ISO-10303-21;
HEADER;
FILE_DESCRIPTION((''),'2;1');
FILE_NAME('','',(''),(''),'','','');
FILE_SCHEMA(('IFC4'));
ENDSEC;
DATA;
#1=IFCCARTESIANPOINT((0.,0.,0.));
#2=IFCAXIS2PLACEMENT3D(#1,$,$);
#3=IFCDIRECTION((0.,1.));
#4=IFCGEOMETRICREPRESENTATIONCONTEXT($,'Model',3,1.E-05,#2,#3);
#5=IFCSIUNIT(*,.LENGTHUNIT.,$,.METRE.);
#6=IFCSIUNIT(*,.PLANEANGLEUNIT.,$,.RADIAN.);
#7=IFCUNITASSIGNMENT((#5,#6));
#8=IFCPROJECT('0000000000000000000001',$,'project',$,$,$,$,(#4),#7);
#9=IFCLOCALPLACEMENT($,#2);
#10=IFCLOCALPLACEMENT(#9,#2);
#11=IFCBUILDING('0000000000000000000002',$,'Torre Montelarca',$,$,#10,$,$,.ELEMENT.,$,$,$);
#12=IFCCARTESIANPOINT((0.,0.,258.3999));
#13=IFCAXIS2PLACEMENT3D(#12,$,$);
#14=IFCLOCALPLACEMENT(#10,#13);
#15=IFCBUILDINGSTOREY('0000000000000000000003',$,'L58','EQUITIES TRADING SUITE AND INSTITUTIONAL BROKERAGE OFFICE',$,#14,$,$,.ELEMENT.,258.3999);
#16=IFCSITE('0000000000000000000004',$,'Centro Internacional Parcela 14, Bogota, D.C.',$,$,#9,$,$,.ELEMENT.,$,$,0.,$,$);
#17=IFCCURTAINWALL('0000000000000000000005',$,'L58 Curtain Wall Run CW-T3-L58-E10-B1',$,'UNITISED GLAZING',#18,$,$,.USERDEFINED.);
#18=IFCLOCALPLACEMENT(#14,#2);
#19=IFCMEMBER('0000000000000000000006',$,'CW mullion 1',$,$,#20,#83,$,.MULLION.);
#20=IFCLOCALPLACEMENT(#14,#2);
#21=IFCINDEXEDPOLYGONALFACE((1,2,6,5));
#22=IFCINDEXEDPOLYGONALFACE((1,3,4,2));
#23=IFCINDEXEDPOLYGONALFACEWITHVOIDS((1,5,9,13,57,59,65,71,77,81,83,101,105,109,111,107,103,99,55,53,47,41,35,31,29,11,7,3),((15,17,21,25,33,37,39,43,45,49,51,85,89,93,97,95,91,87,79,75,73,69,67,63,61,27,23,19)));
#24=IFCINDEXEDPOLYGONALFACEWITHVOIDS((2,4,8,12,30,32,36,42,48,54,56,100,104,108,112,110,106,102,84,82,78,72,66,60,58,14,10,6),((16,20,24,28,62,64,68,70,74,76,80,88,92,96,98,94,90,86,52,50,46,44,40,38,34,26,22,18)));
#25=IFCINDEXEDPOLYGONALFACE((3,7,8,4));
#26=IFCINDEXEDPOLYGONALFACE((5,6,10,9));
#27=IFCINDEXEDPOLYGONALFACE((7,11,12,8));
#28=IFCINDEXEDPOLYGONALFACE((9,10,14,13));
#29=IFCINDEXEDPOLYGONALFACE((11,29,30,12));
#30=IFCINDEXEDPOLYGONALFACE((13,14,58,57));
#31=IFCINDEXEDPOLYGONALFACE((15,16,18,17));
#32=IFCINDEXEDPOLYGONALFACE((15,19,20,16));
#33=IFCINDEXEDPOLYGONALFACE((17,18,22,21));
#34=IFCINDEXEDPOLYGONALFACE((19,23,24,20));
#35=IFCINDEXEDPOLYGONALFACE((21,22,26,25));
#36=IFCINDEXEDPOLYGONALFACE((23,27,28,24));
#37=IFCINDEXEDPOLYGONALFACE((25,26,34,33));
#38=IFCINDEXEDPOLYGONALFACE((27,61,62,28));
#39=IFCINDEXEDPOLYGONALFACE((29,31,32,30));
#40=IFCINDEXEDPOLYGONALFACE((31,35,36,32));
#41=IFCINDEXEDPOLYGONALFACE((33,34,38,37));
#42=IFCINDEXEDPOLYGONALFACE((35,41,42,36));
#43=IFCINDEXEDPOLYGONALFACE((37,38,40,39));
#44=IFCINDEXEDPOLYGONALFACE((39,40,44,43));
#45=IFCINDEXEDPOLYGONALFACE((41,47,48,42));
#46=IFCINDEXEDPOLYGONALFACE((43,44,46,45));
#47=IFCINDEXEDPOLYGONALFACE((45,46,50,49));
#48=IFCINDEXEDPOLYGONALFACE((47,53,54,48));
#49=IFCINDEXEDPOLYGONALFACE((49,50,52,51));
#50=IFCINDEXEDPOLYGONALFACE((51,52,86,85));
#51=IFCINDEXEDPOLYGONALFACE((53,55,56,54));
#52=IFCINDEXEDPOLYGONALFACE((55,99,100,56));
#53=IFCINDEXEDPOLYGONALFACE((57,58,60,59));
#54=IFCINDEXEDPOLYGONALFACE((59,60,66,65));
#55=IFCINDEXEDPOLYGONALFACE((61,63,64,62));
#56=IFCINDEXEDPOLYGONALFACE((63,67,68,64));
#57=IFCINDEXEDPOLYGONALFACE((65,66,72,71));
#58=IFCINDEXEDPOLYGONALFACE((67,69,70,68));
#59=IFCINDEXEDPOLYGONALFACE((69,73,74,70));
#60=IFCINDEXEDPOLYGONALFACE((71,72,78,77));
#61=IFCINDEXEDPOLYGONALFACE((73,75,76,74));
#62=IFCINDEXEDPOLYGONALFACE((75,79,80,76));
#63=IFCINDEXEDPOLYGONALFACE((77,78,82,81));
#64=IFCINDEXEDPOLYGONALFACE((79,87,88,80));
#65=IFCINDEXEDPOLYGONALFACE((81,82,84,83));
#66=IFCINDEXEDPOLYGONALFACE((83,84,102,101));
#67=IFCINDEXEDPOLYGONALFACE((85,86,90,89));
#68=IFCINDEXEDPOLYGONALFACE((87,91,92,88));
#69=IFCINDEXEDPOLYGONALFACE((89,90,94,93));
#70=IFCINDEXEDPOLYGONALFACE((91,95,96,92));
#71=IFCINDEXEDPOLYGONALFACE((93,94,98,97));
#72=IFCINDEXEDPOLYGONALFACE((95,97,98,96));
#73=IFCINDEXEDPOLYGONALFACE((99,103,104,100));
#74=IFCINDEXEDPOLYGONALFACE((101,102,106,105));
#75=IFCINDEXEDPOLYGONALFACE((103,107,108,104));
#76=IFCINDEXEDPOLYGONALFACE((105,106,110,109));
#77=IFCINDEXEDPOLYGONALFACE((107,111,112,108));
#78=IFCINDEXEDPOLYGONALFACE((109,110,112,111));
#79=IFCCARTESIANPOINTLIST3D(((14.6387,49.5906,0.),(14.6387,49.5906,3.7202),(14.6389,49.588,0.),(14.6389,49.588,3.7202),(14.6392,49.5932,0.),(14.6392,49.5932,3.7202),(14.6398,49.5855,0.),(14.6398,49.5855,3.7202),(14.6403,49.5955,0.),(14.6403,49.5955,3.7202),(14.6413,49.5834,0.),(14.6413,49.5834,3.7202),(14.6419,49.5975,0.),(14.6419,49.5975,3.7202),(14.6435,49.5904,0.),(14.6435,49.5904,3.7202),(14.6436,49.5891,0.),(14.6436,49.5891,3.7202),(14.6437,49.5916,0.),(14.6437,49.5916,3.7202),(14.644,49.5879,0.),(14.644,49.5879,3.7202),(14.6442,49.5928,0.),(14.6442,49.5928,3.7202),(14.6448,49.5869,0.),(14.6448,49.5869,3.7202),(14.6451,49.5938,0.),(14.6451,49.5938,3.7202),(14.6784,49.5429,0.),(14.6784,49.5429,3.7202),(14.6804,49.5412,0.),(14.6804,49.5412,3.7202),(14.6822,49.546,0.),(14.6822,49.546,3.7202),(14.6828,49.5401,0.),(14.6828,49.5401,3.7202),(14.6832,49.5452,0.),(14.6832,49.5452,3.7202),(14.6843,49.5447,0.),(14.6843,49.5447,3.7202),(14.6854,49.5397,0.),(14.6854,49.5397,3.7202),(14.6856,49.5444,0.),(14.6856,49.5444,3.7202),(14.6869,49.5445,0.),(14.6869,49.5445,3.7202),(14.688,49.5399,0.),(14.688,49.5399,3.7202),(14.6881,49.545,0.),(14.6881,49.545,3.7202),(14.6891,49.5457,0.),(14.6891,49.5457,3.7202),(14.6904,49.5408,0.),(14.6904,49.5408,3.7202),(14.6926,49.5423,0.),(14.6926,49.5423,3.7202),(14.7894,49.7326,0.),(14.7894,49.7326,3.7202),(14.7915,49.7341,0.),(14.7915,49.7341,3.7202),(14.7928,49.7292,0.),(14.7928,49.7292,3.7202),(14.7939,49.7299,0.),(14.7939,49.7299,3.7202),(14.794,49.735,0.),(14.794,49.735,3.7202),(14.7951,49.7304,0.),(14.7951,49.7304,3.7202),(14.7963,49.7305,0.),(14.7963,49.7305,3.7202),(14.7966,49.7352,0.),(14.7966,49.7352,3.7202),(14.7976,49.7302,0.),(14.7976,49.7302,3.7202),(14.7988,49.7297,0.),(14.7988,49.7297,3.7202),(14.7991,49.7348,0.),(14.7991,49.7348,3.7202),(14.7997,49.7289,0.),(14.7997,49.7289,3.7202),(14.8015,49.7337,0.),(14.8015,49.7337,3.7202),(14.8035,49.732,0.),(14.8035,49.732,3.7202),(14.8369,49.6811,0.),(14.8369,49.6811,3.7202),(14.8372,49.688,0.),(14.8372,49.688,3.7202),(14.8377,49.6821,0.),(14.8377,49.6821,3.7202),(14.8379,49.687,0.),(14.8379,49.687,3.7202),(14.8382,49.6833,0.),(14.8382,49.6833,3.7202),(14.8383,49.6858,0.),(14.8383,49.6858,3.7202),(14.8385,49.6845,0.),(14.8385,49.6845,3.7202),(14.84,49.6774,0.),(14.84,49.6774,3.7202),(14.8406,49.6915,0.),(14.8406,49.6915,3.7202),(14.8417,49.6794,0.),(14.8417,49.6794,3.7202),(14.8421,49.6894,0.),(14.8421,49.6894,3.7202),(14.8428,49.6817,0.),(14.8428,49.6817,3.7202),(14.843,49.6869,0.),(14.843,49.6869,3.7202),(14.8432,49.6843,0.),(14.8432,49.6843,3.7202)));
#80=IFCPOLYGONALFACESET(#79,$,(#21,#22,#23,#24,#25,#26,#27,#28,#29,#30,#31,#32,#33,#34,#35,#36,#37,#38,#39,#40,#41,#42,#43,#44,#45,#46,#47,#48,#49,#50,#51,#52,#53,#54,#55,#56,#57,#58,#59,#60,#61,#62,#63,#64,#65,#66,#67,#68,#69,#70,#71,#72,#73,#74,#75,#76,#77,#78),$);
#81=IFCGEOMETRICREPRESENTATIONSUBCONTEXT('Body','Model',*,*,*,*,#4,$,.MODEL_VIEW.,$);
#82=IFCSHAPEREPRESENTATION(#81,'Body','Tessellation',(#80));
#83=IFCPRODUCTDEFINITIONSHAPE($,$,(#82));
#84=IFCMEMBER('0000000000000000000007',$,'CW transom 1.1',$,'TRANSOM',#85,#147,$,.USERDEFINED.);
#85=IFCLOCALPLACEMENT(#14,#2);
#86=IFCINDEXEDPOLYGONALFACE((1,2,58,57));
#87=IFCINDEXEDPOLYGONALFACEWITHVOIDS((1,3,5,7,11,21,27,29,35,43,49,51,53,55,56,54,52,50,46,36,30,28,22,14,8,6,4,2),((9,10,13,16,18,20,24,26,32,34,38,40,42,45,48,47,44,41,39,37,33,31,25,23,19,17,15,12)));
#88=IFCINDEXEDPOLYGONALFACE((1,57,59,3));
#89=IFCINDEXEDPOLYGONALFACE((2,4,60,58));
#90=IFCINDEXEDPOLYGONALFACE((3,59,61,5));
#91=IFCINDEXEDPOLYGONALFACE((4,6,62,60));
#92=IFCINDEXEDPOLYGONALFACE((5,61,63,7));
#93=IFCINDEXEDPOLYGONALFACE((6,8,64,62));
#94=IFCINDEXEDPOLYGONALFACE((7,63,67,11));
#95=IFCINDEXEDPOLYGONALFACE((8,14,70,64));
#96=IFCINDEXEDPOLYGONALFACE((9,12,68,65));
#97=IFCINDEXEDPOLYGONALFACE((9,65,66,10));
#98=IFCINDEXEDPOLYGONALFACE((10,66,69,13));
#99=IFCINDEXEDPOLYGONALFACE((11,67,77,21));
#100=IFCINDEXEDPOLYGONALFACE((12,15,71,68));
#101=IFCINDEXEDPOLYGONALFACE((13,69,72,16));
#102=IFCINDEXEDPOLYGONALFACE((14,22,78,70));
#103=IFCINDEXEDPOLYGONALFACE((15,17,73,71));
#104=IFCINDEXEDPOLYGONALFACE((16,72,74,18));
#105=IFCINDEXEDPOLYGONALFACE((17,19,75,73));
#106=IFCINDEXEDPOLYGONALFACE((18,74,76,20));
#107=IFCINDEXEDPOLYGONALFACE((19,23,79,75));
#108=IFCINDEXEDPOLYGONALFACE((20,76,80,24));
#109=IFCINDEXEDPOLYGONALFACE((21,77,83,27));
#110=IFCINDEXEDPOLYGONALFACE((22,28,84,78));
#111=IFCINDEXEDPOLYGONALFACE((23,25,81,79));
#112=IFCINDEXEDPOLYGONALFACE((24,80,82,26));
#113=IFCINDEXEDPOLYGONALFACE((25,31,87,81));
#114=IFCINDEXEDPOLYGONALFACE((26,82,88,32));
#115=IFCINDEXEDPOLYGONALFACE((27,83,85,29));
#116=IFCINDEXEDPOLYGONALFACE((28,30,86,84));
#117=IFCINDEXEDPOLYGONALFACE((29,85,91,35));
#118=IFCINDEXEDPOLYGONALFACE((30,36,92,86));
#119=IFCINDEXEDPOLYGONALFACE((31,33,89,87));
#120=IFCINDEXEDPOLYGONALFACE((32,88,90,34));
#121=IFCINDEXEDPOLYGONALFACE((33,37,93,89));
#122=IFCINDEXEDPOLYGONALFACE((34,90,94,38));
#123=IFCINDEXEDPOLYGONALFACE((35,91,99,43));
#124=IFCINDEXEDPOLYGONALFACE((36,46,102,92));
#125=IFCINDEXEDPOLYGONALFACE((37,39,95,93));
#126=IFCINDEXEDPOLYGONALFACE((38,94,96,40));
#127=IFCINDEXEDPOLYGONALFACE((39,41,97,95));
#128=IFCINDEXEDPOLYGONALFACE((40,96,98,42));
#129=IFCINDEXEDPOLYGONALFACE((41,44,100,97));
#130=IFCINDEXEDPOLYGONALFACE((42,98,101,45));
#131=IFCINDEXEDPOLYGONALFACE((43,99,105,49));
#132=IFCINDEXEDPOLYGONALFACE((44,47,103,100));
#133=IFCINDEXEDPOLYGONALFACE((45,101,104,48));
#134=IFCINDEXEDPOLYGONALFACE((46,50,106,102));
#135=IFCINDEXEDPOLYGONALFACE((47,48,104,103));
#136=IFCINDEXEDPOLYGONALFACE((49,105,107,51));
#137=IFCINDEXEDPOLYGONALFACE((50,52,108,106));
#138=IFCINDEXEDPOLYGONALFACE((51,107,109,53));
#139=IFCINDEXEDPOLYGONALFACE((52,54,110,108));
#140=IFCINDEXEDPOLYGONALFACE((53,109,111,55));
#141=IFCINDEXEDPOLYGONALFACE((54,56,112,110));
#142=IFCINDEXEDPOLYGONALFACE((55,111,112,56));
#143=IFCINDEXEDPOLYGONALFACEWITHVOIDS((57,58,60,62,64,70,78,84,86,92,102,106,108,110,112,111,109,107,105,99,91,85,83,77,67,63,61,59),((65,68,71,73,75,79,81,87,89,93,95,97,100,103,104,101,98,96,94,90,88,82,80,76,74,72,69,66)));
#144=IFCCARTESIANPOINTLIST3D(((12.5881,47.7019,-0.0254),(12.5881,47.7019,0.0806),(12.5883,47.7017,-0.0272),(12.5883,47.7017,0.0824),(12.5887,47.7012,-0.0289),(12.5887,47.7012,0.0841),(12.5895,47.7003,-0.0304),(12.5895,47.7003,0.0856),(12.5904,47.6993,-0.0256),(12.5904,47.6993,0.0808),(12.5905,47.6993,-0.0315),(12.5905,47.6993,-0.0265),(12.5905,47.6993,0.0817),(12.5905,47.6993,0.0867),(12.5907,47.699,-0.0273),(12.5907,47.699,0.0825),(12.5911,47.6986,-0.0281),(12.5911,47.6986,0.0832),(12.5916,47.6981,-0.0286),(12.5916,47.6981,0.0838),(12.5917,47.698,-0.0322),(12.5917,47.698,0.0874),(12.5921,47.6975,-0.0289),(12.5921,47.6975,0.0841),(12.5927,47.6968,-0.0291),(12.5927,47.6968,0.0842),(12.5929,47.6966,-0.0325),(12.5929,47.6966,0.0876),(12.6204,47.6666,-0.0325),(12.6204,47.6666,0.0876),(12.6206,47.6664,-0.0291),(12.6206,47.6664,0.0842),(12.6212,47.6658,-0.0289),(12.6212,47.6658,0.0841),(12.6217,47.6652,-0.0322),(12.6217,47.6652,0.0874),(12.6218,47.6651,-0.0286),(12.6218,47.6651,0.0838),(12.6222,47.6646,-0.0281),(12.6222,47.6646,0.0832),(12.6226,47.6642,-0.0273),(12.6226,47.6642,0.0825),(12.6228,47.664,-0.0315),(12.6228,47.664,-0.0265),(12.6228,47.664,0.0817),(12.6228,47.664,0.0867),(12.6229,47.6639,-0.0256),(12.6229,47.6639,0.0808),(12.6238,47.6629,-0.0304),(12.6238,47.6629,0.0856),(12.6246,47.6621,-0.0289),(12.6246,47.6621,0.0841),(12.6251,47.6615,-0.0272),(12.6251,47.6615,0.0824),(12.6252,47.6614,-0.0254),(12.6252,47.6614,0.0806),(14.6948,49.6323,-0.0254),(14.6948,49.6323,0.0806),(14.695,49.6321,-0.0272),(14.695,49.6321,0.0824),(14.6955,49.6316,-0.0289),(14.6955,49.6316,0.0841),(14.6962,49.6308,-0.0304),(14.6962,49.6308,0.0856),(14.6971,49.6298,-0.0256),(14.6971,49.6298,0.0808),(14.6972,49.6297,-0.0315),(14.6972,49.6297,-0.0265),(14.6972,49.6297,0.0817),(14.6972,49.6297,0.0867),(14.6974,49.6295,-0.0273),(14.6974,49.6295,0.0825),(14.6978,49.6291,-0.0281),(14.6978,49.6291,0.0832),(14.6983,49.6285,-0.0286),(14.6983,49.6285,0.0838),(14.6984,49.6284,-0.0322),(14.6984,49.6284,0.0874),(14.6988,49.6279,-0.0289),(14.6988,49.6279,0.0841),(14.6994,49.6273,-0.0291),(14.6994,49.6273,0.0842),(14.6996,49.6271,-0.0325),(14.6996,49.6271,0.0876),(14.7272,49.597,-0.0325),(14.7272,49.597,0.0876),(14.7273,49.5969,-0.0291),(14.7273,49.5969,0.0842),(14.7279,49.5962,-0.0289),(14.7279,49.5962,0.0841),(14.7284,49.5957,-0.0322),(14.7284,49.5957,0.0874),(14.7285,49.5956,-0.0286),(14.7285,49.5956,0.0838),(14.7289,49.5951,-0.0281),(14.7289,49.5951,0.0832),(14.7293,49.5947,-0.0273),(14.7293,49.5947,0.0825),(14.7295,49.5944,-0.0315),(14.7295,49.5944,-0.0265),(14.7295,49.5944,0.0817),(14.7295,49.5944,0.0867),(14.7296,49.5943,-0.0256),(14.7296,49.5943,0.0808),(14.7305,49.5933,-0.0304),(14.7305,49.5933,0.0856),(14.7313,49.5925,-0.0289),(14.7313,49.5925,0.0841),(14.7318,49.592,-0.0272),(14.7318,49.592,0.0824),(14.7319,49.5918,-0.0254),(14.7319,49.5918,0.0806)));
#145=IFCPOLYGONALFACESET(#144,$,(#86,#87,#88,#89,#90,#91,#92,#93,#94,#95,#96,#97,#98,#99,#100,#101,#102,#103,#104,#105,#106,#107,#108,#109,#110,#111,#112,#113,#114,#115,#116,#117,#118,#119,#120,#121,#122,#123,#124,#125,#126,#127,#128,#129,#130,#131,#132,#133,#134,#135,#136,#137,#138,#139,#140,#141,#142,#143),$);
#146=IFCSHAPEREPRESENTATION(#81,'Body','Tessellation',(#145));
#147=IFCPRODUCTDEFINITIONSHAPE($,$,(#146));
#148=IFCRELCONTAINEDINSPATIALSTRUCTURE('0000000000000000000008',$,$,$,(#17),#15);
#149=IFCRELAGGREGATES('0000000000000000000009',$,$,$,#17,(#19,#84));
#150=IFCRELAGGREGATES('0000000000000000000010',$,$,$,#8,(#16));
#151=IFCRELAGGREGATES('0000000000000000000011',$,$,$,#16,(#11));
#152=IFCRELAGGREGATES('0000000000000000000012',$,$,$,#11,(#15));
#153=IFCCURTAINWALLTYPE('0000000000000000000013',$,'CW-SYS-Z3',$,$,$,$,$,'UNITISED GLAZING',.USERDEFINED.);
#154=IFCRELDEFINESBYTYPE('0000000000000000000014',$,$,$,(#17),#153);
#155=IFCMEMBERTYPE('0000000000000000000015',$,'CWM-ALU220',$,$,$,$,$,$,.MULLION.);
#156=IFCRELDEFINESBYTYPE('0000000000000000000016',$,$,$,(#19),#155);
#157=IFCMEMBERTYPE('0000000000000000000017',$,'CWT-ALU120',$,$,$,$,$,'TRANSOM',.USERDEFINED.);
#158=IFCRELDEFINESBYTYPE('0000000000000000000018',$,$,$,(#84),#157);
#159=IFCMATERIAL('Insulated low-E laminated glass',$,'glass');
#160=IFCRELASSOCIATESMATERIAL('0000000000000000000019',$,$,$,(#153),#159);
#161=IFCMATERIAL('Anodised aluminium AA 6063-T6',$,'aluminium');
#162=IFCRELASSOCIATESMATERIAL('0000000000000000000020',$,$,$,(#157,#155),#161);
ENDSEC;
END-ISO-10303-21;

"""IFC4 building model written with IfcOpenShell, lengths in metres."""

from ifc_helpers import new_model, si_unit, direction, frame, origin, origin_2d, place, context, subcontext, project, spatial, hollow_rectangle, extrude, source, transform, mapped, material, material_profile, profile_set, type_object, element, aggregate, save


model = new_model("IFC4")

# Units and contexts
model_context = context("Model", 3, precision=1e-05, world=origin(), true_north=direction((0.0, 1.0)))
body_context = subcontext(model_context, "Body", "Model", "MODEL_VIEW")
ifc_project = project(units=[si_unit("LENGTHUNIT", "METRE"), si_unit("PLANEANGLEUNIT", "RADIAN")], contexts=[model_context])

# Site, building, storey
site_placement = place(None, origin())
site = spatial("IfcSite", under=ifc_project, at=site_placement, Name="Centro Internacional Parcela 14, Bogota, D.C.", CompositionType="ELEMENT", RefElevation=0.0)
building_placement = place(site_placement, origin())
building = spatial("IfcBuilding", under=site, at=building_placement, Name="Torre Montelarca", CompositionType="ELEMENT")
storey_placement = place(building_placement, frame((0.0, 0.0, 258.3999)))
storey = spatial("IfcBuildingStorey", under=building, at=storey_placement, Name="L58", Description="EQUITIES TRADING SUITE AND INSTITUTIONAL BROKERAGE OFFICE", CompositionType="ELEMENT", Elevation=258.3999)

# Curtain wall, members
ifc_material_1 = material(Name="Insulated low-E laminated glass", Category="glass")
curtain_wall_type = type_object("IfcCurtainWallType", Name="CW-SYS-Z3", ElementType="UNITISED GLAZING", PredefinedType="USERDEFINED", material=ifc_material_1)
ifc_material_2 = material(Name="Anodised aluminium AA 6063-T6", Category="aluminium")
ifc_material_profile_1 = material_profile(ifc_material_2, hollow_rectangle(XDim=0.0549, YDim=0.1201, WallThickness=0.0034, InnerFilletRadius=0.0034, OuterFilletRadius=0.0071, at=origin_2d()), Name="ALU55X120X3.5", Category="aluminium")
ifc_profile_set_1 = profile_set([ifc_material_profile_1], Name="Anodised aluminium AA 6063-T6")
member_type_1 = type_object("IfcMemberType", Name="CWT-ALU120", ElementType="TRANSOM", PredefinedType="USERDEFINED", material=ifc_profile_set_1)
ifc_material_profile_2 = material_profile(ifc_material_2, hollow_rectangle(XDim=0.075, YDim=0.22, WallThickness=0.0049, InnerFilletRadius=0.0049, OuterFilletRadius=0.01, at=origin_2d()), Name="ALU75X220X5", Category="aluminium")
ifc_profile_set_2 = profile_set([ifc_material_profile_2], Name="Anodised aluminium AA 6063-T6")
member_type_2 = type_object("IfcMemberType", Name="CWM-ALU220", PredefinedType="MULLION", material=ifc_profile_set_2)
shared_shape_1 = source(origin(), body_context, "Body", "SweptSolid", [
    extrude(hollow_rectangle(XDim=0.075, YDim=0.22, WallThickness=0.0049, InnerFilletRadius=0.0049, OuterFilletRadius=0.01, at=origin_2d()), origin(), (0.0, 0.0, 1.0), 3.7202),
])
curtain_wall_1_placement = place(storey_placement, origin())
curtain_wall_1 = element("IfcCurtainWall", 1, at=curtain_wall_1_placement, inside=storey, type_object=curtain_wall_type, Name="L58 Curtain Wall Run CW-T3-L58-E10-B1", ObjectType="UNITISED GLAZING", PredefinedType="USERDEFINED")
member_1_placement = place(storey_placement, frame((14.741, 49.6375, 0.0), z_axis=(0.0, 0.0, 1.0), x_axis=(0.675592, -0.737276, 0.0)))
member_1 = element("IfcMember", 2, at=member_1_placement, type_object=member_type_2, Name="CW mullion 1", PredefinedType="MULLION", context=body_context, shape_type="MappedRepresentation", body=[
    mapped(shared_shape_1, transform((0.0, 0.0, 0.0), scale=1.0)),
])
shared_shape_2 = source(origin(), body_context, "Body", "SweptSolid", [
    extrude(hollow_rectangle(XDim=0.0549, YDim=0.1201, WallThickness=0.0034, InnerFilletRadius=0.0034, OuterFilletRadius=0.0071, at=origin_2d()), origin(), (0.0, 0.0, 1.0), 2.8574),
])
member_2_placement = place(storey_placement, frame((14.7134, 49.6121, 0.0276), z_axis=(-0.737278, -0.675589, 0.0), x_axis=(0.675589, -0.737278, 0.0)))
member_2 = element("IfcMember", 3, at=member_2_placement, type_object=member_type_1, Name="CW transom 1.1", ObjectType="TRANSOM", PredefinedType="USERDEFINED", context=body_context, shape_type="MappedRepresentation", body=[
    mapped(shared_shape_2, transform((0.0, 0.0, 0.0), scale=1.0)),
])
aggregate(curtain_wall_1, [member_1, member_2])

save(model, "model.ifc")
